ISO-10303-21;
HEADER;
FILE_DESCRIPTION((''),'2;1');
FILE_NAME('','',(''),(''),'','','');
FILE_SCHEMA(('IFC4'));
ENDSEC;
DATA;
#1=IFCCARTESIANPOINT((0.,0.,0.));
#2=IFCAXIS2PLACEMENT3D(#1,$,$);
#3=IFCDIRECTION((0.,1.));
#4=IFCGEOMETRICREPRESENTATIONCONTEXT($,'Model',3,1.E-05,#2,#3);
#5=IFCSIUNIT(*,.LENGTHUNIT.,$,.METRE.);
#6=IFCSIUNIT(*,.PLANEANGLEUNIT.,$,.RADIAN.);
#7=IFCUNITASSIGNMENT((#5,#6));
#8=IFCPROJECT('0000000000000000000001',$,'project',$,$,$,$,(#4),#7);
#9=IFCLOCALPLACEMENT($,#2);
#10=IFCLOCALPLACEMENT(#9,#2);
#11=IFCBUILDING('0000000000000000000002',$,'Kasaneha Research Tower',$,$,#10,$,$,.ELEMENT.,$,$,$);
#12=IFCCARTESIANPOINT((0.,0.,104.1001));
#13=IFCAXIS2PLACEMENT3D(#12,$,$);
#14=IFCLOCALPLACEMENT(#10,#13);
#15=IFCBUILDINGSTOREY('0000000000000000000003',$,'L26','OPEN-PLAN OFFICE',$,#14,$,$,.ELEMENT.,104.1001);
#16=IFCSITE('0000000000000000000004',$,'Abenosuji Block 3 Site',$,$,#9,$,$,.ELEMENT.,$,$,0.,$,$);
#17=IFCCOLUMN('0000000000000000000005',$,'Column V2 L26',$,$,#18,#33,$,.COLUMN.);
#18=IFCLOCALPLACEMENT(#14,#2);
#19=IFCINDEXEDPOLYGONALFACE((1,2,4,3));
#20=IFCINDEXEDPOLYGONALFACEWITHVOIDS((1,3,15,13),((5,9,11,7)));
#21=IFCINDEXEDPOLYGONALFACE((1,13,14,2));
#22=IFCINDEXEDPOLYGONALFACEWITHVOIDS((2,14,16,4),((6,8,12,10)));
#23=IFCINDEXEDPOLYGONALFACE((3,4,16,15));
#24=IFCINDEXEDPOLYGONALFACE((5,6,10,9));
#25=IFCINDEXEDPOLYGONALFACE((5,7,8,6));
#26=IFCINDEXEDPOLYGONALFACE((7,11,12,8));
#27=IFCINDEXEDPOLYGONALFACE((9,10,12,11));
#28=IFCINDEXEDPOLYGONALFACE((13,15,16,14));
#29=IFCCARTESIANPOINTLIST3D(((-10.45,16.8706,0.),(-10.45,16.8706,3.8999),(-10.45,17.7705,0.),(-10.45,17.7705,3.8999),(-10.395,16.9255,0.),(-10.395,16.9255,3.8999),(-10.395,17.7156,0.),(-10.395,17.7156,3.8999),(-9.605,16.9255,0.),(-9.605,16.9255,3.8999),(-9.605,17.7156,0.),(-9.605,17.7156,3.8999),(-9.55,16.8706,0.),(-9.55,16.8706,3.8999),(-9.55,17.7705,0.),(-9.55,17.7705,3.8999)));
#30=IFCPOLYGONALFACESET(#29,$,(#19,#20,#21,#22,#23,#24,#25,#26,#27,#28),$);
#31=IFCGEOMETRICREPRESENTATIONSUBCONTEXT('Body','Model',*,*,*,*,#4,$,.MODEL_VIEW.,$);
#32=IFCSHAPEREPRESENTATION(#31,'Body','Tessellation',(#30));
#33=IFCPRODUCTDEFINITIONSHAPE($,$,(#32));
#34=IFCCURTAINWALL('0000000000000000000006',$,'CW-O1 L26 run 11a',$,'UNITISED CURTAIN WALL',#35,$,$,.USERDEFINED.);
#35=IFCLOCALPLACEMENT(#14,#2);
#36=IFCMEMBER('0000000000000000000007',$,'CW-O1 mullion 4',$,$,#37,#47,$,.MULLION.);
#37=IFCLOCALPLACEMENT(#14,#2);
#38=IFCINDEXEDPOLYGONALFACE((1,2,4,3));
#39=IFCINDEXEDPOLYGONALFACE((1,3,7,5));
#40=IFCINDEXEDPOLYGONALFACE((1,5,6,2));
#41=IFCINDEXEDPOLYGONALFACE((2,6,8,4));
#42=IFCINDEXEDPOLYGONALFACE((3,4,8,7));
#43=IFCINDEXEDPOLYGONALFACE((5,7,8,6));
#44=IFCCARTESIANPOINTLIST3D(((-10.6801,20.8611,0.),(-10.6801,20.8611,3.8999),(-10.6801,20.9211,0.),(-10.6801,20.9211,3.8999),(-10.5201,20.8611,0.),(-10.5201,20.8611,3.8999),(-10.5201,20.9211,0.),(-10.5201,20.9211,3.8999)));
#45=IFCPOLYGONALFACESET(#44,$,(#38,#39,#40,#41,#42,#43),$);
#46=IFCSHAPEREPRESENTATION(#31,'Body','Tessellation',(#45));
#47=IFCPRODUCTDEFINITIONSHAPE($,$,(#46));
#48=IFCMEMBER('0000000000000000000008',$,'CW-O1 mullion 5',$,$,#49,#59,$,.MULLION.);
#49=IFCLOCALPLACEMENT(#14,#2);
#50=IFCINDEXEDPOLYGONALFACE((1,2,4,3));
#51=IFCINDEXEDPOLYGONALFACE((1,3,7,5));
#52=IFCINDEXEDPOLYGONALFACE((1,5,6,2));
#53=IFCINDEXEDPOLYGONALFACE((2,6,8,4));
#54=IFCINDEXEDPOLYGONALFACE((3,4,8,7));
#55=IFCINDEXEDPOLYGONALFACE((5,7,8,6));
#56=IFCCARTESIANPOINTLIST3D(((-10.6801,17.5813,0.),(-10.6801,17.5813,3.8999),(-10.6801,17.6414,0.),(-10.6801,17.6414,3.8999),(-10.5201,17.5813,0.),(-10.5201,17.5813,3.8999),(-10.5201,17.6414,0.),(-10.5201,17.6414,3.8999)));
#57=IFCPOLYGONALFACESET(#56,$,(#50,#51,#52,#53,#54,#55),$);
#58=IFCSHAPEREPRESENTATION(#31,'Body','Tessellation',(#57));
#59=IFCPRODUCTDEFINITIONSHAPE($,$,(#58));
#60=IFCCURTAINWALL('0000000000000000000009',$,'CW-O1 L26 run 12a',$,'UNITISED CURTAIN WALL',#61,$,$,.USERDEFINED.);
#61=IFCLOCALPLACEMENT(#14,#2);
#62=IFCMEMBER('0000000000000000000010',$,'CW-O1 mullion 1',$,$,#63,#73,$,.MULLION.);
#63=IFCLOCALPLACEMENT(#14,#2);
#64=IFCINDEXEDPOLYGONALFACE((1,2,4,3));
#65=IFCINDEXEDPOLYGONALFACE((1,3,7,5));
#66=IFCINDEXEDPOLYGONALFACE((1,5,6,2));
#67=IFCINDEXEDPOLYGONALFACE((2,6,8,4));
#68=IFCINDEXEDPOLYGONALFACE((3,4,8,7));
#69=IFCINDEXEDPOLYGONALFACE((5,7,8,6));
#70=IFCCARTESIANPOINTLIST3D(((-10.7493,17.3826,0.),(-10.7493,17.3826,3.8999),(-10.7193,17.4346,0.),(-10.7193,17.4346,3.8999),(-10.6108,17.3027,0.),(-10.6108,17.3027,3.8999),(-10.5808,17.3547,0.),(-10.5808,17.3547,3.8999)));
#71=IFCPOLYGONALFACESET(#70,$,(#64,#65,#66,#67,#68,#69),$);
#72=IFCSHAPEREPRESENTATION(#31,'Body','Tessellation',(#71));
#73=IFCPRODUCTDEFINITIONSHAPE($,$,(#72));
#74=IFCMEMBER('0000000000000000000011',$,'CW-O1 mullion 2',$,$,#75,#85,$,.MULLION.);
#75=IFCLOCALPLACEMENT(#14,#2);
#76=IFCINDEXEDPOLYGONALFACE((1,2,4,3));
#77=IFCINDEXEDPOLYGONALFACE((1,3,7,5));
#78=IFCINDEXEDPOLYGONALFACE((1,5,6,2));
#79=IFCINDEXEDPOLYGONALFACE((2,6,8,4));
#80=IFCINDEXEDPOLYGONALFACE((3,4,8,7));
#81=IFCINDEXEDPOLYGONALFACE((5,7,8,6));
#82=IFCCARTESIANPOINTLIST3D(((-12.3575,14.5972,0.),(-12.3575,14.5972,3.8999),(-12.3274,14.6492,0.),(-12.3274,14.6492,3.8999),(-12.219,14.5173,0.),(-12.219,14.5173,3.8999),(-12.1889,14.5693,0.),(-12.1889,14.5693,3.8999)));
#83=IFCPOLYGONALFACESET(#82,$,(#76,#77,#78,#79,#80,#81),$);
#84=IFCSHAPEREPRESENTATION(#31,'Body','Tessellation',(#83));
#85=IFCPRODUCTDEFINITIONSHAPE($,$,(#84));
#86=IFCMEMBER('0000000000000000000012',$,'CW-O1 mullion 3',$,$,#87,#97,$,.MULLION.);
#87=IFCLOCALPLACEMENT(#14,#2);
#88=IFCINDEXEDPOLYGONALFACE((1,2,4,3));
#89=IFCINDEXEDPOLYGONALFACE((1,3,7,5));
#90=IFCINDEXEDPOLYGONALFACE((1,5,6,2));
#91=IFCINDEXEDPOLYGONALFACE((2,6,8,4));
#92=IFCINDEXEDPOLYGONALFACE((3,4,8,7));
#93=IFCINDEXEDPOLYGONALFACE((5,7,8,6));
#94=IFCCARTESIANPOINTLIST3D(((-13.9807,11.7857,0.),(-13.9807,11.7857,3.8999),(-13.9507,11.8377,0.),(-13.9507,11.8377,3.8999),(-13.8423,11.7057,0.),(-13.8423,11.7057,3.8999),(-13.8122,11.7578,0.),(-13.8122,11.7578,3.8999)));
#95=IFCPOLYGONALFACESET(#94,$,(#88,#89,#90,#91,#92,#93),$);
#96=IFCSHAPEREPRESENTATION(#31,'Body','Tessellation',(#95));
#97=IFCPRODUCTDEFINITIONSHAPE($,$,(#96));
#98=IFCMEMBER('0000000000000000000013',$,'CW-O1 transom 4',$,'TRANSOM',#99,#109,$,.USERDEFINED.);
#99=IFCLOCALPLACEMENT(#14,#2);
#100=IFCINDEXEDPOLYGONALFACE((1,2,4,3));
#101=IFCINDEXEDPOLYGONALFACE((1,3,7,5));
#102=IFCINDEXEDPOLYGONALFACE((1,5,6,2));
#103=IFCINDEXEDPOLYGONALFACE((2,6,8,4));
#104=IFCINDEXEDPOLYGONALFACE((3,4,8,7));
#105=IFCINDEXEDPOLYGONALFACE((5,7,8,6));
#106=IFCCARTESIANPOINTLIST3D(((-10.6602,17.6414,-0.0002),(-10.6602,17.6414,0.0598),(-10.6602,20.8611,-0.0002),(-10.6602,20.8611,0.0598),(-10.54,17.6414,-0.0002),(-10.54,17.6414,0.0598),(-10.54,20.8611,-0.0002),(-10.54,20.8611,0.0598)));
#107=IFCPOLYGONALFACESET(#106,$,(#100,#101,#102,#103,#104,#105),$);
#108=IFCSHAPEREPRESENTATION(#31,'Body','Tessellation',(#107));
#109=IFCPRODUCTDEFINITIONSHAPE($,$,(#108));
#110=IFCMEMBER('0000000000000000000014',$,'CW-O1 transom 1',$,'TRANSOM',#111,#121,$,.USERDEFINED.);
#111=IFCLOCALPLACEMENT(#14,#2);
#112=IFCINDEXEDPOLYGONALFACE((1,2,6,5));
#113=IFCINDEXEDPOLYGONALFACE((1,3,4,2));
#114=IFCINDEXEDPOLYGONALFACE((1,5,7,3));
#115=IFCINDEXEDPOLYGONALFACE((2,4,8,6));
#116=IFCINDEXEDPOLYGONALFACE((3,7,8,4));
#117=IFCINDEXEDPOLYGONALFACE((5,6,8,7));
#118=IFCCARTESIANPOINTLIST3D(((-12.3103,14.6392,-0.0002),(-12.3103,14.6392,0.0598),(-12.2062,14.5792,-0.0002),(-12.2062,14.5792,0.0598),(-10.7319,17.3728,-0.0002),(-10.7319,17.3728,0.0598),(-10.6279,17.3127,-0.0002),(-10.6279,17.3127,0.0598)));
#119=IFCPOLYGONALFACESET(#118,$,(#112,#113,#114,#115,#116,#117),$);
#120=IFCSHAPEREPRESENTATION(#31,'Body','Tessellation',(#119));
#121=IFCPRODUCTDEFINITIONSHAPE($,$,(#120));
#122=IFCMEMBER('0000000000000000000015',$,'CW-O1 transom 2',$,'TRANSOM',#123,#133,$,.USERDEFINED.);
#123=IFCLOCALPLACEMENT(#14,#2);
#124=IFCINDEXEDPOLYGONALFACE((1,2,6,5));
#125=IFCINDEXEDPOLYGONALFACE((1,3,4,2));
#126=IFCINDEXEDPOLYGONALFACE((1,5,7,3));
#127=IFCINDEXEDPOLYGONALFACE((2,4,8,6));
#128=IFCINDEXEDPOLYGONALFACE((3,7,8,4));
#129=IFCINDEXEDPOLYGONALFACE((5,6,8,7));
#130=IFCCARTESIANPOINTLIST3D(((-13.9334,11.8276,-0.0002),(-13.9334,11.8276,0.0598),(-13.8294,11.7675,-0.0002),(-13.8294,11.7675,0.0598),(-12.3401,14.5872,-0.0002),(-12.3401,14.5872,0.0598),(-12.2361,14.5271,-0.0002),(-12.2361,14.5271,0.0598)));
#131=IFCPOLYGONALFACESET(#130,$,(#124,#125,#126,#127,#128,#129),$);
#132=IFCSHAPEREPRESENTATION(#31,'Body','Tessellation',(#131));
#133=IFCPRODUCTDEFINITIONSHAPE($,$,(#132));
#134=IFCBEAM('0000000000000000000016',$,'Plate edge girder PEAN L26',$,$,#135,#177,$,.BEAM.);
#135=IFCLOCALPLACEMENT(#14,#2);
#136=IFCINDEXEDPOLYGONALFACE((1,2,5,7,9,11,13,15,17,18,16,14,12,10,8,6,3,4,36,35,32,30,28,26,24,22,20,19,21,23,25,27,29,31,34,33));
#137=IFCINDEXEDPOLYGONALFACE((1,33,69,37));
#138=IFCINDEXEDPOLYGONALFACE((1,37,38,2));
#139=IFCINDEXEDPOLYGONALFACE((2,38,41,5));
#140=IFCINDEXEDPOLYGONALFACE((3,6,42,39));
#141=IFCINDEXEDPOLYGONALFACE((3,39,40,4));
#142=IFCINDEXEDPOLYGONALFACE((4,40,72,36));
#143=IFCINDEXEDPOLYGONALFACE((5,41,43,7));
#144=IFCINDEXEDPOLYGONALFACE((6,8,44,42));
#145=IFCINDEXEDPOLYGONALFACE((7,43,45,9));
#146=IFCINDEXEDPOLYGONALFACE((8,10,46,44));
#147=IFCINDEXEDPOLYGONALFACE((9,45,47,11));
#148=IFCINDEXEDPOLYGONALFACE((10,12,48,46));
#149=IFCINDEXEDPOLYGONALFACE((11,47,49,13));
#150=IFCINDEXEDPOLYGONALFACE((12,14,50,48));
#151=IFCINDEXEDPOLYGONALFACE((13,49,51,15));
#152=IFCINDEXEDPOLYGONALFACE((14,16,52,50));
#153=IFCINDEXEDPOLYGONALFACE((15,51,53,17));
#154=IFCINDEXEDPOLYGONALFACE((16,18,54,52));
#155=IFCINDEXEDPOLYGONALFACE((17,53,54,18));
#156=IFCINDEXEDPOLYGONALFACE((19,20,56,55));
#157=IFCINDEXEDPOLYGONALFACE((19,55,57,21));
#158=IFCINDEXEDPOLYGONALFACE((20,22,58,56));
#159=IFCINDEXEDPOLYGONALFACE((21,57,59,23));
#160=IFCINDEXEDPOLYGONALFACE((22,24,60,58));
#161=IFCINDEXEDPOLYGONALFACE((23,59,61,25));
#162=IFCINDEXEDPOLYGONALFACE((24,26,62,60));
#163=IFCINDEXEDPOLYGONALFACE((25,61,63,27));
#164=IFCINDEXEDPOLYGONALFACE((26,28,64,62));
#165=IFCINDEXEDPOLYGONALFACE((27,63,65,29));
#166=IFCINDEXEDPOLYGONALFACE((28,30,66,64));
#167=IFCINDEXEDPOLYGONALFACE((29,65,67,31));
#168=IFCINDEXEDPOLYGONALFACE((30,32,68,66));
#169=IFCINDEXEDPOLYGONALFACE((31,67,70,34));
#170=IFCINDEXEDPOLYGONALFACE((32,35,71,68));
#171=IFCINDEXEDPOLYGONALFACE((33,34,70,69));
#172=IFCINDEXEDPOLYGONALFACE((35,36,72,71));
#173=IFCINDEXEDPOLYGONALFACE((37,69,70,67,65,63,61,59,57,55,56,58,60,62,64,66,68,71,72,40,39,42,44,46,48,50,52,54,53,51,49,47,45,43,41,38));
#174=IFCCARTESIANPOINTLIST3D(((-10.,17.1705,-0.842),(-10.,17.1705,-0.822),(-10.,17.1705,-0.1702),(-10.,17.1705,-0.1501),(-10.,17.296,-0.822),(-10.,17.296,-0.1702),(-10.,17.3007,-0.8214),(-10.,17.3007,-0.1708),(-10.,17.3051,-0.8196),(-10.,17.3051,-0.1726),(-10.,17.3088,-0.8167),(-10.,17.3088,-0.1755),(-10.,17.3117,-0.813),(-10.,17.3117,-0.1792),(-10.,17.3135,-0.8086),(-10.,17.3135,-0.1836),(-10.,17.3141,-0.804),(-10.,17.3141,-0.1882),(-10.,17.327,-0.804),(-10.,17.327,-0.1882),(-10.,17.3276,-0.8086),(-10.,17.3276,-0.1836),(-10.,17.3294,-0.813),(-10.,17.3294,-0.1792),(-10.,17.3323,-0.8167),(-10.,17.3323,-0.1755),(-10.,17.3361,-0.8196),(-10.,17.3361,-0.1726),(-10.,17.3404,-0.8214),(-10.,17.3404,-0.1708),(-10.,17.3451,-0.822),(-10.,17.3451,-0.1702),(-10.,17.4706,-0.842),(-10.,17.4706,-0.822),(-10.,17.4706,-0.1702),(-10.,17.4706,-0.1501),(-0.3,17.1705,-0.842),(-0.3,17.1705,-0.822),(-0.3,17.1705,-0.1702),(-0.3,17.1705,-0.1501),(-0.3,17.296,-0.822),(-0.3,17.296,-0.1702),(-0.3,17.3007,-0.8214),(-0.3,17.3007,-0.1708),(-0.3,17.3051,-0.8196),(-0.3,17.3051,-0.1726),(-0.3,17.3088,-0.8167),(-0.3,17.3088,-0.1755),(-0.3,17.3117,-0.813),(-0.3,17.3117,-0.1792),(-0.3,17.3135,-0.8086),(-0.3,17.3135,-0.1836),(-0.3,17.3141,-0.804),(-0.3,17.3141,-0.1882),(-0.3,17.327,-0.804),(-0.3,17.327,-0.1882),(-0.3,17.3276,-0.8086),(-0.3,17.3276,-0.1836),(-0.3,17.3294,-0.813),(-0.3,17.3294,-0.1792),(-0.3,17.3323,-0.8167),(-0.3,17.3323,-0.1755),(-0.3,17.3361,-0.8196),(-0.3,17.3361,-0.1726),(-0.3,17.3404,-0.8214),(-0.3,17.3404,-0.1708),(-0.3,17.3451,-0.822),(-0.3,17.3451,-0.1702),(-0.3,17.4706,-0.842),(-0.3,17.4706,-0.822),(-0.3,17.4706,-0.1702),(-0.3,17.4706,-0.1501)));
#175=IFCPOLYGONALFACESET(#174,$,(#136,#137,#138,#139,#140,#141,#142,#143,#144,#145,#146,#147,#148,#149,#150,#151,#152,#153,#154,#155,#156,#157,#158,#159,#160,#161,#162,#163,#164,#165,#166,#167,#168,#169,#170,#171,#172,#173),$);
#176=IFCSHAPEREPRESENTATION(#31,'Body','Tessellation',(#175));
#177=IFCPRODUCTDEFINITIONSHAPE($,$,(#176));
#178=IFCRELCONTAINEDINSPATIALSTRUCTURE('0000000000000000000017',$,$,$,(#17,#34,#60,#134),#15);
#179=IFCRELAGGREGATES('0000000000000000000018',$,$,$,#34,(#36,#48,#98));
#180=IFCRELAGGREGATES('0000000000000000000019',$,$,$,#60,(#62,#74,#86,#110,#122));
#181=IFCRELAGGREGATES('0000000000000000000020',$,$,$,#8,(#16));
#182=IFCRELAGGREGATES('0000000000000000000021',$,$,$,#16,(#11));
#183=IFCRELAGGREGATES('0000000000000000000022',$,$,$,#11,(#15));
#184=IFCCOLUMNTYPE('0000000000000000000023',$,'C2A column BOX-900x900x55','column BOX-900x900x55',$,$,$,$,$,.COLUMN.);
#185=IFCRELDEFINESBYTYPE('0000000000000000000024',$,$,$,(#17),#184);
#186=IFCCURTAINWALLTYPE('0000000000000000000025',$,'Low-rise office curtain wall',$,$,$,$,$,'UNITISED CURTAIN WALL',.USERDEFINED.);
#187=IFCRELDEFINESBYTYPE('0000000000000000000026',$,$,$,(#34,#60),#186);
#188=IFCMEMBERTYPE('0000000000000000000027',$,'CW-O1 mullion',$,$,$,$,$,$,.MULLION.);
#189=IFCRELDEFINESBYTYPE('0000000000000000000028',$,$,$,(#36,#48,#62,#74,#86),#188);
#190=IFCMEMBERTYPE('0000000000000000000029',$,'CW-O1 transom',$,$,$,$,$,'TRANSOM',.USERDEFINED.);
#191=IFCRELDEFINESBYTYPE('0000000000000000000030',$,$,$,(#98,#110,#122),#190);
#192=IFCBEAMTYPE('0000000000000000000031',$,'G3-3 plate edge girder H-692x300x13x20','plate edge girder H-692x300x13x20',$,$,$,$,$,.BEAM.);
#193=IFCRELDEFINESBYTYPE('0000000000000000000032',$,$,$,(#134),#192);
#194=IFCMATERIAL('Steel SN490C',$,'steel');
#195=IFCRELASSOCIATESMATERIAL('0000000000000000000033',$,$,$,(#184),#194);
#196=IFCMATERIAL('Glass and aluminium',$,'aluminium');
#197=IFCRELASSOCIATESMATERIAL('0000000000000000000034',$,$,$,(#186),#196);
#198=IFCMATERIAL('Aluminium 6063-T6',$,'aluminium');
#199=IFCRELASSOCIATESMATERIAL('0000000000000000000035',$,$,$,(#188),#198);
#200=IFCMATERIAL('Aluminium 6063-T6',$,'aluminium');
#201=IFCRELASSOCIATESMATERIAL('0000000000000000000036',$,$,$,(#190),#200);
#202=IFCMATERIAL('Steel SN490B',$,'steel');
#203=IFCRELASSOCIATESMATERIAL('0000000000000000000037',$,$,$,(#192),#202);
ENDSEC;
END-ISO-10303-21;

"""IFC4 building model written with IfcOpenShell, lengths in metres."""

from ifc_helpers import new_model, si_unit, direction, frame, origin, origin_2d, place, context, subcontext, project, spatial, rectangle, hollow_rectangle, i_section, extrude, material, material_profile, profile_set, type_object, element, aggregate, save


model = new_model("IFC4")

# Units and contexts
model_context = context("Model", 3, precision=1e-05, world=origin(), true_north=direction((0.0, 1.0)))
body_context = subcontext(model_context, "Body", "Model", "MODEL_VIEW")
ifc_project = project(units=[si_unit("LENGTHUNIT", "METRE"), si_unit("PLANEANGLEUNIT", "RADIAN")], contexts=[model_context])

# Site, building, storey
site_placement = place(None, origin())
site = spatial("IfcSite", under=ifc_project, at=site_placement, Name="Abenosuji Block 3 Site", CompositionType="ELEMENT", RefElevation=0.0)
building_placement = place(site_placement, origin())
building = spatial("IfcBuilding", under=site, at=building_placement, Name="Kasaneha Research Tower", CompositionType="ELEMENT")
storey_placement = place(building_placement, frame((0.0, 0.0, 104.1001)))
storey = spatial("IfcBuildingStorey", under=building, at=storey_placement, Name="L26", Description="OPEN-PLAN OFFICE", CompositionType="ELEMENT", Elevation=104.1001)

# Column
ifc_material_1 = material(Name="Steel SN490C", Category="steel")
ifc_material_profile_1 = material_profile(ifc_material_1, hollow_rectangle(XDim=0.8999, YDim=0.8999, WallThickness=0.0549, at=origin_2d()), Name="BOX-900x900x55")
ifc_profile_set_1 = profile_set([ifc_material_profile_1], Name="Steel SN490C")
column_type = type_object("IfcColumnType", Name="C2A column BOX-900x900x55", Description="column BOX-900x900x55", PredefinedType="COLUMN", material=ifc_profile_set_1)
column_placement = place(storey_placement, frame((-10.0, 17.3206, 0.0), z_axis=(0.0, 0.0, 1.0), x_axis=(1.0, 0.0, 0.0)))
element("IfcColumn", 1, at=column_placement, inside=storey, type_object=column_type, Name="Column V2 L26", PredefinedType="COLUMN", context=body_context, shape_type="SweptSolid", body=[
    extrude(hollow_rectangle(XDim=0.8999, YDim=0.8999, WallThickness=0.0549, at=origin_2d()), origin(), (0.0, 0.0, 1.0), 3.8999),
])

# Curtain walls, members
ifc_material_2 = material(Name="Glass and aluminium", Category="aluminium")
curtain_wall_type = type_object("IfcCurtainWallType", Name="Low-rise office curtain wall", ElementType="UNITISED CURTAIN WALL", PredefinedType="USERDEFINED", material=ifc_material_2)
curtain_wall_1_placement = place(storey_placement, origin())
curtain_wall_1 = element("IfcCurtainWall", 2, at=curtain_wall_1_placement, inside=storey, type_object=curtain_wall_type, Name="CW-O1 L26 run 11a", ObjectType="UNITISED CURTAIN WALL", PredefinedType="USERDEFINED")
ifc_material_3 = material(Name="Aluminium 6063-T6", Category="aluminium")
ifc_material_profile_2 = material_profile(ifc_material_3, rectangle(XDim=0.0601, YDim=0.1599, at=origin_2d()), Name="CW-O1 mullion 60x160")
ifc_profile_set_2 = profile_set([ifc_material_profile_2], Name="Aluminium 6063-T6")
member_type_1 = type_object("IfcMemberType", Name="CW-O1 mullion", PredefinedType="MULLION", material=ifc_profile_set_2)
member_1_placement = place(storey_placement, frame((-10.6001, 20.8911, 0.0), z_axis=(0.0, 0.0, 1.0), x_axis=(0.0, -1.0, 0.0)))
member_1 = element("IfcMember", 3, at=member_1_placement, type_object=member_type_1, Name="CW-O1 mullion 4", PredefinedType="MULLION", context=body_context, shape_type="SweptSolid", body=[
    extrude(rectangle(XDim=0.0601, YDim=0.1599, at=origin_2d()), origin(), (0.0, 0.0, 1.0), 3.8999),
])
member_2_placement = place(storey_placement, frame((-10.6001, 17.6113, 0.0), z_axis=(0.0, 0.0, 1.0), x_axis=(0.0, -1.0, 0.0)))
member_2 = element("IfcMember", 4, at=member_2_placement, type_object=member_type_1, Name="CW-O1 mullion 5", PredefinedType="MULLION", context=body_context, shape_type="SweptSolid", body=[
    extrude(rectangle(XDim=0.0601, YDim=0.1599, at=origin_2d()), origin(), (0.0, 0.0, 1.0), 3.8999),
])
curtain_wall_2_placement = place(storey_placement, origin())
curtain_wall_2 = element("IfcCurtainWall", 5, at=curtain_wall_2_placement, inside=storey, type_object=curtain_wall_type, Name="CW-O1 L26 run 12a", ObjectType="UNITISED CURTAIN WALL", PredefinedType="USERDEFINED")
member_3_placement = place(storey_placement, frame((-10.665, 17.3687, 0.0), z_axis=(0.0, 0.0, 1.0), x_axis=(-0.5, -0.866025, 0.0)))
member_3 = element("IfcMember", 6, at=member_3_placement, type_object=member_type_1, Name="CW-O1 mullion 1", PredefinedType="MULLION", context=body_context, shape_type="SweptSolid", body=[
    extrude(rectangle(XDim=0.0601, YDim=0.1599, at=origin_2d()), origin(), (0.0, 0.0, 1.0), 3.8999),
])
member_4_placement = place(storey_placement, frame((-12.2732, 14.5833, 0.0), z_axis=(0.0, 0.0, 1.0), x_axis=(-0.5, -0.866025, 0.0)))
member_4 = element("IfcMember", 7, at=member_4_placement, type_object=member_type_1, Name="CW-O1 mullion 2", PredefinedType="MULLION", context=body_context, shape_type="SweptSolid", body=[
    extrude(rectangle(XDim=0.0601, YDim=0.1599, at=origin_2d()), origin(), (0.0, 0.0, 1.0), 3.8999),
])
member_5_placement = place(storey_placement, frame((-13.8965, 11.7717, 0.0), z_axis=(0.0, 0.0, 1.0), x_axis=(-0.5, -0.866025, 0.0)))
member_5 = element("IfcMember", 8, at=member_5_placement, type_object=member_type_1, Name="CW-O1 mullion 3", PredefinedType="MULLION", context=body_context, shape_type="SweptSolid", body=[
    extrude(rectangle(XDim=0.0601, YDim=0.1599, at=origin_2d()), origin(), (0.0, 0.0, 1.0), 3.8999),
])

# Members
ifc_material_4 = material(Name="Aluminium 6063-T6", Category="aluminium")
ifc_material_profile_3 = material_profile(ifc_material_4, rectangle(XDim=0.1201, YDim=0.0601, at=origin_2d()), Name="CW-O1 transom 120x60")
ifc_profile_set_3 = profile_set([ifc_material_profile_3], Name="Aluminium 6063-T6")
member_type_2 = type_object("IfcMemberType", Name="CW-O1 transom", ElementType="TRANSOM", PredefinedType="USERDEFINED", material=ifc_profile_set_3)
member_6_placement = place(storey_placement, frame((-10.6001, 20.8611, 0.0298), z_axis=(0.0, -1.0, 0.0), x_axis=(1.0, 0.0, 0.0)))
member_6 = element("IfcMember", 9, at=member_6_placement, type_object=member_type_2, Name="CW-O1 transom 4", ObjectType="TRANSOM", PredefinedType="USERDEFINED", context=body_context, shape_type="SweptSolid", body=[
    extrude(rectangle(XDim=0.1201, YDim=0.0601, at=origin_2d()), origin(), (0.0, 0.0, 1.0), 3.2197),
])
member_7_placement = place(storey_placement, frame((-10.6799, 17.3428, 0.0298), z_axis=(-0.500024, -0.866012, 0.0), x_axis=(0.866012, -0.500024, 0.0)))
member_7 = element("IfcMember", 10, at=member_7_placement, type_object=member_type_2, Name="CW-O1 transom 1", ObjectType="TRANSOM", PredefinedType="USERDEFINED", context=body_context, shape_type="SweptSolid", body=[
    extrude(rectangle(XDim=0.1201, YDim=0.0601, at=origin_2d()), origin(), (0.0, 0.0, 1.0), 3.1565),
])
member_8_placement = place(storey_placement, frame((-12.2881, 14.5571, 0.0298), z_axis=(-0.500012, -0.866018, 0.0), x_axis=(0.866018, -0.500012, 0.0)))
member_8 = element("IfcMember", 11, at=member_8_placement, type_object=member_type_2, Name="CW-O1 transom 2", ObjectType="TRANSOM", PredefinedType="USERDEFINED", context=body_context, shape_type="SweptSolid", body=[
    extrude(rectangle(XDim=0.1201, YDim=0.0601, at=origin_2d()), origin(), (0.0, 0.0, 1.0), 3.1865),
])

# Beam
ifc_material_5 = material(Name="Steel SN490B", Category="steel")
ifc_material_profile_4 = material_profile(ifc_material_5, i_section(OverallWidth=0.3, OverallDepth=0.6919, WebThickness=0.0129, FlangeThickness=0.02, FilletRadius=0.0181, at=origin_2d()), Name="H-692x300x13x20")
ifc_profile_set_4 = profile_set([ifc_material_profile_4], Name="Steel SN490B")
beam_type_1 = type_object("IfcBeamType", Name="G3-3 plate edge girder H-692x300x13x20", Description="plate edge girder H-692x300x13x20", PredefinedType="BEAM", material=ifc_profile_set_4)
beam_1_placement = place(storey_placement, frame((-10.0, 17.3206, -0.4961), z_axis=(1.0, 0.0, 0.0), x_axis=(0.0, 1.0, 0.0)))
element("IfcBeam", 12, at=beam_1_placement, inside=storey, type_object=beam_type_1, Name="Plate edge girder PEAN L26", PredefinedType="BEAM", context=body_context, shape_type="SweptSolid", body=[
    extrude(i_section(OverallWidth=0.3, OverallDepth=0.6919, WebThickness=0.0129, FlangeThickness=0.02, FilletRadius=0.0181, at=origin_2d()), origin(), (0.0, 0.0, 1.0), 9.7),
])

aggregate(curtain_wall_1, [member_1, member_2, member_6])
aggregate(curtain_wall_2, [member_3, member_4, member_5, member_7, member_8])

save(model, "model.ifc")
